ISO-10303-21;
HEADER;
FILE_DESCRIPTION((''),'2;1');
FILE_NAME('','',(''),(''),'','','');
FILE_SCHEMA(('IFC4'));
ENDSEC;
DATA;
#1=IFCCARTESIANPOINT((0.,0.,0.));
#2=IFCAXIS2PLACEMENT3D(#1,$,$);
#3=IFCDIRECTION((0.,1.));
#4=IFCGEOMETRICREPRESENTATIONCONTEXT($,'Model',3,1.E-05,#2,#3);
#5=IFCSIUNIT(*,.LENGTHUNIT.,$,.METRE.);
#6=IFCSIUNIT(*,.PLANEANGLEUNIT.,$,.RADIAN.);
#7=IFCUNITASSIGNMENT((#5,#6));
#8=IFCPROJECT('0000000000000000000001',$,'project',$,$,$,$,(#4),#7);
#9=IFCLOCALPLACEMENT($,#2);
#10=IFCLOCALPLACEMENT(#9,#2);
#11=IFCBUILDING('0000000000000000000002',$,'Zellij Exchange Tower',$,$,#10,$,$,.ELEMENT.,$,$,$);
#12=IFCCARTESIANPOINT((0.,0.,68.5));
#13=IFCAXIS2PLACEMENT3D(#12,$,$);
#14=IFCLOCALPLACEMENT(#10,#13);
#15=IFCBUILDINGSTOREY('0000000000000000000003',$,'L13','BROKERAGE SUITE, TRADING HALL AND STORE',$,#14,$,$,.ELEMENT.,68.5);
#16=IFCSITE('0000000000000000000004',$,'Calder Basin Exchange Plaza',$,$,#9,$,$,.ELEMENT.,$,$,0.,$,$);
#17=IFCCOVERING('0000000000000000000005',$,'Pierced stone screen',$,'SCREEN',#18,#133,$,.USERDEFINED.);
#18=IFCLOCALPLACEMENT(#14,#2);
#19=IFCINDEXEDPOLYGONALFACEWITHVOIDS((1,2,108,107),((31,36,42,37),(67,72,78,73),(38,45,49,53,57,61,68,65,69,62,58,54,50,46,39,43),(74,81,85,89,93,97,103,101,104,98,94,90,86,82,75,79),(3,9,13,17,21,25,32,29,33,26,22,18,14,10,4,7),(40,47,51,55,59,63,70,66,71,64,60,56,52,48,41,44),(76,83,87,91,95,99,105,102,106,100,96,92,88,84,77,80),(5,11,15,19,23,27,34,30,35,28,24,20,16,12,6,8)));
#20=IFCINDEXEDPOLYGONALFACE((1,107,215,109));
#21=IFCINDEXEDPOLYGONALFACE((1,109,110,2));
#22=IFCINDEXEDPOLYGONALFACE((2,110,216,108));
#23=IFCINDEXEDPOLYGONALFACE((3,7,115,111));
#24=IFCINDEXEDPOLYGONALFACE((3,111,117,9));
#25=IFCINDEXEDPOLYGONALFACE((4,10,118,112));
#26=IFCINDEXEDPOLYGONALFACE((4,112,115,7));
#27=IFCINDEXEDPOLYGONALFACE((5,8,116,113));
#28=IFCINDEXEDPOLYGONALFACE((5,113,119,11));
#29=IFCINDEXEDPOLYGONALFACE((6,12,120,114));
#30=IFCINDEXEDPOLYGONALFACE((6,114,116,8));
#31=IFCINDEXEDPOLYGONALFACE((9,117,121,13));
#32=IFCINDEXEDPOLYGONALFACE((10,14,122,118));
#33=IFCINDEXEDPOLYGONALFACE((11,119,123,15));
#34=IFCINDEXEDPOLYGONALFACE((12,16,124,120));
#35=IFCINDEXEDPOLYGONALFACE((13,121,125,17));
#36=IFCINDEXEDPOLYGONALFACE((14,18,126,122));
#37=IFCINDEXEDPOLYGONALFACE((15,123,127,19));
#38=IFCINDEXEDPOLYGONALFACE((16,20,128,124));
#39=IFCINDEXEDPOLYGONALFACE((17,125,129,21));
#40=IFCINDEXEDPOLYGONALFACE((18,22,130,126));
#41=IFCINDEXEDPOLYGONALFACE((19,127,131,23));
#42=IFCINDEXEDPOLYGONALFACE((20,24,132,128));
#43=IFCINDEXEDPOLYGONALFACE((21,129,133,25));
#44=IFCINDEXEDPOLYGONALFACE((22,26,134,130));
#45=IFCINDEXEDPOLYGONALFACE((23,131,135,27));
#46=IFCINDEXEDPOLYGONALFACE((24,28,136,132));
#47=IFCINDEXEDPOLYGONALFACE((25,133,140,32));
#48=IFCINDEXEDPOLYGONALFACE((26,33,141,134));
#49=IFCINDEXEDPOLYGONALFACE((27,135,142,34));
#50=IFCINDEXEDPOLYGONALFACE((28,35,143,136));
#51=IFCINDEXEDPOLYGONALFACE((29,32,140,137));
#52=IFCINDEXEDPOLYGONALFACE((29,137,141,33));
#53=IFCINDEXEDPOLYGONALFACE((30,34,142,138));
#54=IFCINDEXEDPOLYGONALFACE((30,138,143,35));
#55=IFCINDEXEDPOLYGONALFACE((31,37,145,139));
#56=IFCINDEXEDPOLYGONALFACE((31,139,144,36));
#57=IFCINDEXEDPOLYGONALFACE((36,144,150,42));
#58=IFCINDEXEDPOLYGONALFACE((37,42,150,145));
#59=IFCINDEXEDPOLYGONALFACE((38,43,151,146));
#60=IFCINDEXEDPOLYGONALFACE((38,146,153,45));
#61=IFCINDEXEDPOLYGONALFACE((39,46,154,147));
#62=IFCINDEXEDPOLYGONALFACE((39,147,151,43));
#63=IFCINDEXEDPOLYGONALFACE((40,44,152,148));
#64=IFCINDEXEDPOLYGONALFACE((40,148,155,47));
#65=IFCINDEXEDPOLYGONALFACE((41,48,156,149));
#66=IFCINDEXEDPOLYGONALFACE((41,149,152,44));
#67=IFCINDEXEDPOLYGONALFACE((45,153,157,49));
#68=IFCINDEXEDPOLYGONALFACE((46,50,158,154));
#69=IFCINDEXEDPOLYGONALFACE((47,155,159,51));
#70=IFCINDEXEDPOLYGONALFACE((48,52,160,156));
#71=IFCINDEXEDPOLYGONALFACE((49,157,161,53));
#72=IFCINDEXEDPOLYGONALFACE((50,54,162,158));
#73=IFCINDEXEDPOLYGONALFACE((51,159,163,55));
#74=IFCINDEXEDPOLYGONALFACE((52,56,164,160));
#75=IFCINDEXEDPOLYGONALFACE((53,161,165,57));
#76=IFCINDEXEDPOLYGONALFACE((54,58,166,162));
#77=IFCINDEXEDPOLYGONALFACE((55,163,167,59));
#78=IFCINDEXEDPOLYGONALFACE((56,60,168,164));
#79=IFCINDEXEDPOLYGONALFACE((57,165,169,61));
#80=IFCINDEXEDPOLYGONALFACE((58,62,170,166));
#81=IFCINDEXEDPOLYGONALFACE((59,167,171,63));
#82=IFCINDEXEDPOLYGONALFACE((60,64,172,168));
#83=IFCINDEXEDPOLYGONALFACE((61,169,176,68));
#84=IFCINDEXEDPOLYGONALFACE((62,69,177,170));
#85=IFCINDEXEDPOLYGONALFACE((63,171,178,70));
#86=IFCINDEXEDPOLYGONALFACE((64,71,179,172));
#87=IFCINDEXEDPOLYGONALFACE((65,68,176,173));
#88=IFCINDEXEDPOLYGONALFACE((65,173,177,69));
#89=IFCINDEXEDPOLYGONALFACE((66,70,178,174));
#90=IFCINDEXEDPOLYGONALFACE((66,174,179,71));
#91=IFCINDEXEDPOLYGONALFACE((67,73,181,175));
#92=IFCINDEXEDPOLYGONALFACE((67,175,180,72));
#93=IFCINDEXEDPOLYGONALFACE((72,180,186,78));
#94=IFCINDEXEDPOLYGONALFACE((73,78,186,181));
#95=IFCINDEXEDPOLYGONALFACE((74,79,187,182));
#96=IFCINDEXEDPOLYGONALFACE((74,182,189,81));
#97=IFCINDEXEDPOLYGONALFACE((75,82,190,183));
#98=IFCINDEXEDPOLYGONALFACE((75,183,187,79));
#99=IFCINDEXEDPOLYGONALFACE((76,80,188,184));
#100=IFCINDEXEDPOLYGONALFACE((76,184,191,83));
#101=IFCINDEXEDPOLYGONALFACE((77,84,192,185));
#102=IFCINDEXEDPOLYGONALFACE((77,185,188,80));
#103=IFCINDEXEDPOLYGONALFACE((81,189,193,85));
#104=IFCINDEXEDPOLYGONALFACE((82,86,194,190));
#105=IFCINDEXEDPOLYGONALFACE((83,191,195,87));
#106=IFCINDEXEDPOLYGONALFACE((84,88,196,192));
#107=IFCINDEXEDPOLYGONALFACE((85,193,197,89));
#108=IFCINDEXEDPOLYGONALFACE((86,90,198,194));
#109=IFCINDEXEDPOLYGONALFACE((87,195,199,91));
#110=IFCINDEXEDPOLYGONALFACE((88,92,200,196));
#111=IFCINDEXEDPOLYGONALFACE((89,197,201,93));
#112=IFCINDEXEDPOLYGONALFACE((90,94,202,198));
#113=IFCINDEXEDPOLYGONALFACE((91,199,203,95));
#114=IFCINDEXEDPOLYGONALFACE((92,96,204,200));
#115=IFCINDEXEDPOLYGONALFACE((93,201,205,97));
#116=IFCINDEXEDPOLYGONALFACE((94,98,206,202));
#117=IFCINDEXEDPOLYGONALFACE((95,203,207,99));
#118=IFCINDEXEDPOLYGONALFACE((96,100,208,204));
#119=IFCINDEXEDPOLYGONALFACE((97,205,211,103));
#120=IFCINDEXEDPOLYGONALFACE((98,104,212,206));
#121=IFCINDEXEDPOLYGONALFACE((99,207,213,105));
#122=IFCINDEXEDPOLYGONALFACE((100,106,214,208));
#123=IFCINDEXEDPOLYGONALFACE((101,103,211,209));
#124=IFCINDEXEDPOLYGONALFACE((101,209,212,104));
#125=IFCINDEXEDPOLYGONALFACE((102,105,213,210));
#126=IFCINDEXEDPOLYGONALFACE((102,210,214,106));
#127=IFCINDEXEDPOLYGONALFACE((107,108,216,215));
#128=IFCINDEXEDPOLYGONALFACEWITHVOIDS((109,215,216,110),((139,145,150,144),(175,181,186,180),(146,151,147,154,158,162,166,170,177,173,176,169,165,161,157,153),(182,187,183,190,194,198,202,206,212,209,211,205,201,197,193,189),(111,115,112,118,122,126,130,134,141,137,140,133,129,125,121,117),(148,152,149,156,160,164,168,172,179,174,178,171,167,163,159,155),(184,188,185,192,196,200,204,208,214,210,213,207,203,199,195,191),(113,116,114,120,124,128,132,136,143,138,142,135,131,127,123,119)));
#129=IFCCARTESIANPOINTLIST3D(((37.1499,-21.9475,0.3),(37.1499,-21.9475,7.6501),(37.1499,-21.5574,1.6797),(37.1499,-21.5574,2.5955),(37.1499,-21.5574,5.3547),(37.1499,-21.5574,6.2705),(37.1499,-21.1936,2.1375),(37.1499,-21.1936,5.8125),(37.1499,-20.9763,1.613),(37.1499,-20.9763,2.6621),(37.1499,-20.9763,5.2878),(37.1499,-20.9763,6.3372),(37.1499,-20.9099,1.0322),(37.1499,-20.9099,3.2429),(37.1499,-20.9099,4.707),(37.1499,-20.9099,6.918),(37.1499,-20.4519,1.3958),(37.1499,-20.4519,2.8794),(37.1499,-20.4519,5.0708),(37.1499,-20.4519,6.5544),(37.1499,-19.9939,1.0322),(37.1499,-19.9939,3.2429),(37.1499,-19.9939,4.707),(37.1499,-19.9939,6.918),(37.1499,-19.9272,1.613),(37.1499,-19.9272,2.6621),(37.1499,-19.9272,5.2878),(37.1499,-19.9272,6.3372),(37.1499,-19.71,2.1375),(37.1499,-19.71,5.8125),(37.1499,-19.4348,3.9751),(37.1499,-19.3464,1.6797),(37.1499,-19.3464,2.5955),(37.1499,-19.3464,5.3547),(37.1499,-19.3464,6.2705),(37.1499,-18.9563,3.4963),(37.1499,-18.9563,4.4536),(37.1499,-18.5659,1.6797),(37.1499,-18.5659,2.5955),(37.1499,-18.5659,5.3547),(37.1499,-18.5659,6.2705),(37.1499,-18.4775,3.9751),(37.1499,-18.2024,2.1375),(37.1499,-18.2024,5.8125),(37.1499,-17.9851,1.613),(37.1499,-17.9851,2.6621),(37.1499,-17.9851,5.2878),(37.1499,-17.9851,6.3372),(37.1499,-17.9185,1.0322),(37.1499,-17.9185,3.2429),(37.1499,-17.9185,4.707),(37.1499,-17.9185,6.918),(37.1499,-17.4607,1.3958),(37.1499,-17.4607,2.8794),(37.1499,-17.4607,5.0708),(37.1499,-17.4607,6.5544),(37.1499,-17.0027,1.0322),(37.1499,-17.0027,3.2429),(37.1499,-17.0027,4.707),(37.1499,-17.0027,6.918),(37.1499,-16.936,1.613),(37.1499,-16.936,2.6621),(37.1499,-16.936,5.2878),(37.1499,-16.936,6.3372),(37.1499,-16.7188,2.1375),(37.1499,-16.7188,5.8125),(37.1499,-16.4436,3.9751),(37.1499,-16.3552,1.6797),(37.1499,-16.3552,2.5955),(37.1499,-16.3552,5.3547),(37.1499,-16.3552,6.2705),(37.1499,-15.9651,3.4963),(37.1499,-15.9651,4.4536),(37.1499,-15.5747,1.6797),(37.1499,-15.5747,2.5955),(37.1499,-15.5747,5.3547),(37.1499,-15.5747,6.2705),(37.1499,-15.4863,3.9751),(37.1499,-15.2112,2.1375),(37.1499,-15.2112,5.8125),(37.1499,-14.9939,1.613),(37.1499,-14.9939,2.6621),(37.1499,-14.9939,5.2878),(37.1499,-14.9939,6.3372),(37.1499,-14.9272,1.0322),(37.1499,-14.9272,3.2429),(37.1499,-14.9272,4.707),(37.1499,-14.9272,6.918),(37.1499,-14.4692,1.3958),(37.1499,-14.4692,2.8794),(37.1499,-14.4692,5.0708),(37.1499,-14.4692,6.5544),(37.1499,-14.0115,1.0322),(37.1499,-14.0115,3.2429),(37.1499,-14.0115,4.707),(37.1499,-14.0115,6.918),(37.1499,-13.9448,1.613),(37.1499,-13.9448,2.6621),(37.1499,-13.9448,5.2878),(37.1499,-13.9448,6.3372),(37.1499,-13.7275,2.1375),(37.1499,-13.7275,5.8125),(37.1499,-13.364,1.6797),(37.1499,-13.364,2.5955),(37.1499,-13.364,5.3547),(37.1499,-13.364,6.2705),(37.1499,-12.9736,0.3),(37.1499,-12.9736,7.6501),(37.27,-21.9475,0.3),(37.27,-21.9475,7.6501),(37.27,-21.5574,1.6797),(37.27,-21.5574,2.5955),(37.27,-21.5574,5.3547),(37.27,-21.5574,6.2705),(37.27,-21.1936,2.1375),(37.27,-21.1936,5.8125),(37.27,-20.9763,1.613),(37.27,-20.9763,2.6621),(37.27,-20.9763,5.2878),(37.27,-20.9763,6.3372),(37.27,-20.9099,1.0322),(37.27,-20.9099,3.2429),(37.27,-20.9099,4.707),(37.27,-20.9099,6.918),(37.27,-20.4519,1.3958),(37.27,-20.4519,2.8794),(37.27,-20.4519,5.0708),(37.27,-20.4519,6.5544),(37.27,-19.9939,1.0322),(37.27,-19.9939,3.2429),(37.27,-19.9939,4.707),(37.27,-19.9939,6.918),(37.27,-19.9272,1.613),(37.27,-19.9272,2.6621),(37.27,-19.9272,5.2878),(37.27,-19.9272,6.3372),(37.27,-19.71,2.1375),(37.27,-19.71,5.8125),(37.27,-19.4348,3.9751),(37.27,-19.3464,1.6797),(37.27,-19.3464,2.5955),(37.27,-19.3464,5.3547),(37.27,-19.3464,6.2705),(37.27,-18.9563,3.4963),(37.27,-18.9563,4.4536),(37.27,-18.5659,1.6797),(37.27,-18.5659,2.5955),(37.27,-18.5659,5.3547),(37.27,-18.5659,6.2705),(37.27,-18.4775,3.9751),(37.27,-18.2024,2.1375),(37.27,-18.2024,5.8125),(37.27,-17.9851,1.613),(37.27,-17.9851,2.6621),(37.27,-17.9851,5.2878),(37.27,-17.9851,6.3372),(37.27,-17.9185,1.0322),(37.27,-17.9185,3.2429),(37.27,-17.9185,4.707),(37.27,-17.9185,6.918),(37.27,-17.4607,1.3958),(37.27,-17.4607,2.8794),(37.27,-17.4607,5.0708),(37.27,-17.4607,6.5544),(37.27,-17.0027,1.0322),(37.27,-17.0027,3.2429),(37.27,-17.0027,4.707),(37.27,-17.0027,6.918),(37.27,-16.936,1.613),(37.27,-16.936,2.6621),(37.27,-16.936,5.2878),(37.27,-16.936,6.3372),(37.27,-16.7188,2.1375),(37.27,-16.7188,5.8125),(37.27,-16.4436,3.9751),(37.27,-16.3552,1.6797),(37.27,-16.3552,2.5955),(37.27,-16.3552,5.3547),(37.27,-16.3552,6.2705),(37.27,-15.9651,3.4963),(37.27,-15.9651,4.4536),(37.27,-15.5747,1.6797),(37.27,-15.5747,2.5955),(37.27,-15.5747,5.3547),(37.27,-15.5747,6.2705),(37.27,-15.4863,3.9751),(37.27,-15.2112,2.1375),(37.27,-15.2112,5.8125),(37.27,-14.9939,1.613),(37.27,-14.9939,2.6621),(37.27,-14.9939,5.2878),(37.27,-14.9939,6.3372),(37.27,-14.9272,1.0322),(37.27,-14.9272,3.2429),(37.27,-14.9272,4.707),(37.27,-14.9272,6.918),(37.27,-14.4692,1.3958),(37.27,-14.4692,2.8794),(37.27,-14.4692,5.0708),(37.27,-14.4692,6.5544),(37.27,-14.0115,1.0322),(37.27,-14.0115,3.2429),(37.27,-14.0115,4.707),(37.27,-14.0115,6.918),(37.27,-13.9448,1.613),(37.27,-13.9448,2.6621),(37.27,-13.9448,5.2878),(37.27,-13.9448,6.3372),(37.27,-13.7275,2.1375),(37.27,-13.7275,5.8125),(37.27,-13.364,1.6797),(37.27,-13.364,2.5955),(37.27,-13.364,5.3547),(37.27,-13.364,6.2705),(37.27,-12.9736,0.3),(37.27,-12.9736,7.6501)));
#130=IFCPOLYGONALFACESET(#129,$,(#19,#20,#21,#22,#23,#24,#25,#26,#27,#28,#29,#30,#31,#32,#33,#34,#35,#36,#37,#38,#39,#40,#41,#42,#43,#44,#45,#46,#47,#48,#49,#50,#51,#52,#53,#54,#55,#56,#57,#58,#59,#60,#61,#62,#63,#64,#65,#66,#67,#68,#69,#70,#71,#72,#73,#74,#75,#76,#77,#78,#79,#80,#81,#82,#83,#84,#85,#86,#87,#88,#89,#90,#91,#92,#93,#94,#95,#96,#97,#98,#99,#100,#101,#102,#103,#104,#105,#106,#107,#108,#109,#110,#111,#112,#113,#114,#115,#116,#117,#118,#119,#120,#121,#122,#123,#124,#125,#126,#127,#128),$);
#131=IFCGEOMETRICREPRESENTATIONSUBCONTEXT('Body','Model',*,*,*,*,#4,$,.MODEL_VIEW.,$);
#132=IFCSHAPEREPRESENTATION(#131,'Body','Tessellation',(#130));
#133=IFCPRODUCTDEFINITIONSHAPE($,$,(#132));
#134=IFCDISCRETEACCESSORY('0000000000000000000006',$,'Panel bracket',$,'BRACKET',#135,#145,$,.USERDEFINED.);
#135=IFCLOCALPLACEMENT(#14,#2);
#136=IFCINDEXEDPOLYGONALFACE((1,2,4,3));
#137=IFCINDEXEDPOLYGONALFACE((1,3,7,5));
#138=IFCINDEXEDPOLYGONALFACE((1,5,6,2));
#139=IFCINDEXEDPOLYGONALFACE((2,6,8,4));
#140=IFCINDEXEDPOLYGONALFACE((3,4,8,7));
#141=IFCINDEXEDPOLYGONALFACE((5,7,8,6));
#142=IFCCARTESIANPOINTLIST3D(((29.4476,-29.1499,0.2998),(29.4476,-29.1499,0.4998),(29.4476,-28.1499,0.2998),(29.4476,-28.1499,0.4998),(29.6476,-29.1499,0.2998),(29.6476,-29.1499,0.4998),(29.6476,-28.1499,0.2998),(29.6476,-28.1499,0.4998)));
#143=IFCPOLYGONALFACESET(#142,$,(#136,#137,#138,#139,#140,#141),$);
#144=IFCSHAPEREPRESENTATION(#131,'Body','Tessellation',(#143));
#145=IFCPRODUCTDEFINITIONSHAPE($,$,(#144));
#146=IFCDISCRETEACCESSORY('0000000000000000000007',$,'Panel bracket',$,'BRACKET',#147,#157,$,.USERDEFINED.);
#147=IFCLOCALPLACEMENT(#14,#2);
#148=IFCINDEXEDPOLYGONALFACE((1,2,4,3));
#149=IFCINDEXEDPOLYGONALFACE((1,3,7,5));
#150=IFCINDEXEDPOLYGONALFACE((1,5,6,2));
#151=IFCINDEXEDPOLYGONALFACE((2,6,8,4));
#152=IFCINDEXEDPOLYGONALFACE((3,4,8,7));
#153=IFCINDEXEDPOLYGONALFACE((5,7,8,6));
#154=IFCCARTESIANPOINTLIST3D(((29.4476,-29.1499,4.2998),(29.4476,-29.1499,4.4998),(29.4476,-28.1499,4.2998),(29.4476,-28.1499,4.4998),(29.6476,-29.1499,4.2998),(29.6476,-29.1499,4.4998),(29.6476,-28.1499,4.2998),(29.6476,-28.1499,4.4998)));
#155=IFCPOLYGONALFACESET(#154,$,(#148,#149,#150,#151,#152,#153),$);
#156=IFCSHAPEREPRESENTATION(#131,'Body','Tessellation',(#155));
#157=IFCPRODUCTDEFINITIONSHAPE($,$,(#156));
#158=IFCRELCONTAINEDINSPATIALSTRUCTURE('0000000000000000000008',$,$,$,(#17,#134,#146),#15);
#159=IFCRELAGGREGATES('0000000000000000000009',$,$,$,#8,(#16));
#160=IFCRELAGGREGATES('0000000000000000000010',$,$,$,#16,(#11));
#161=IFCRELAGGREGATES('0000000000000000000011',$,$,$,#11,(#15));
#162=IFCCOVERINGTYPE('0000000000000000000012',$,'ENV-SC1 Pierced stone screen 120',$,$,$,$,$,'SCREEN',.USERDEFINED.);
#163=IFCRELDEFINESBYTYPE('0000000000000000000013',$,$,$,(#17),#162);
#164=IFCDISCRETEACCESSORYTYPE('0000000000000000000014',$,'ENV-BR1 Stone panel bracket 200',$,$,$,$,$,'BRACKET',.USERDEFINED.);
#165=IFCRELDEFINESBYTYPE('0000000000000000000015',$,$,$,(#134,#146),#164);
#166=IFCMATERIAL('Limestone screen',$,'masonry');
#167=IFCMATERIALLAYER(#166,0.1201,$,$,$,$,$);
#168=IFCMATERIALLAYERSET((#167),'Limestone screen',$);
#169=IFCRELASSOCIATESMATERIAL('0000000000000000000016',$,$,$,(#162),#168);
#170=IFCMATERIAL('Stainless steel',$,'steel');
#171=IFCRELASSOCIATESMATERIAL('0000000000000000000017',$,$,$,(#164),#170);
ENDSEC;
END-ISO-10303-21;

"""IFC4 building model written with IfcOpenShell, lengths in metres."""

from ifc_helpers import new_model, si_unit, direction, frame, origin, origin_2d, place, context, subcontext, project, spatial, polyline, rectangle, outline, extrude, material, layer, layer_set, type_object, element, save


model = new_model("IFC4")

# Units and contexts
model_context = context("Model", 3, precision=1e-05, world=origin(), true_north=direction((0.0, 1.0)))
body_context = subcontext(model_context, "Body", "Model", "MODEL_VIEW")
ifc_project = project(units=[si_unit("LENGTHUNIT", "METRE"), si_unit("PLANEANGLEUNIT", "RADIAN")], contexts=[model_context])

# Site, building, storey
site_placement = place(None, origin())
site = spatial("IfcSite", under=ifc_project, at=site_placement, Name="Calder Basin Exchange Plaza", CompositionType="ELEMENT", RefElevation=0.0)
building_placement = place(site_placement, origin())
building = spatial("IfcBuilding", under=site, at=building_placement, Name="Zellij Exchange Tower", CompositionType="ELEMENT")
storey_placement = place(building_placement, frame((0.0, 0.0, 68.5)))
storey = spatial("IfcBuildingStorey", under=building, at=storey_placement, Name="L13", Description="BROKERAGE SUITE, TRADING HALL AND STORE", CompositionType="ELEMENT", Elevation=68.5)

# Covering
ifc_material_1 = material(Name="Limestone screen", Category="masonry")
ifc_layer_1 = layer(ifc_material_1, 0.1201)
ifc_layer_set_1 = layer_set([ifc_layer_1], Name="Limestone screen")
covering_type = type_object("IfcCoveringType", Name="ENV-SC1 Pierced stone screen 120", ElementType="SCREEN", PredefinedType="USERDEFINED", material=ifc_layer_set_1)
covering_placement = place(storey_placement, frame((37.21, -21.9475, 0.3), z_axis=(0.0, 0.0, 1.0), x_axis=(0.0, 1.0, 0.0)))
element("IfcCovering", 1, at=covering_placement, inside=storey, type_object=covering_type, Name="Pierced stone screen", ObjectType="SCREEN", PredefinedType="USERDEFINED", context=body_context, shape_type="SweptSolid", body=[
    extrude(outline(polyline([(0.0, 0.0), (8.9739, 0.0), (8.9739, 7.3501), (0.0, 7.3501), (0.0, 0.0)]), holes=[polyline([(2.6011, 2.2954), (2.0203, 2.3621), (1.9536, 2.9429), (1.4956, 2.5793), (1.0376, 2.9429), (0.9712, 2.3621), (0.3901, 2.2954), (0.7539, 1.8374), (0.3901, 1.3796), (0.9712, 1.313), (1.0376, 0.7322), (1.4956, 1.0957), (1.9536, 0.7322), (2.0203, 1.313), (2.6011, 1.3796), (2.2375, 1.8374), (2.6011, 2.2954)]), polyline([(2.6011, 5.9705), (2.0203, 6.0371), (1.9536, 6.6179), (1.4956, 6.2544), (1.0376, 6.6179), (0.9712, 6.0371), (0.3901, 5.9705), (0.7539, 5.5125), (0.3901, 5.0547), (0.9712, 4.9878), (1.0376, 4.407), (1.4956, 4.7708), (1.9536, 4.407), (2.0203, 4.9878), (2.6011, 5.0547), (2.2375, 5.5125), (2.6011, 5.9705)]), polyline([(5.5923, 2.2954), (5.0115, 2.3621), (4.9448, 2.9429), (4.4868, 2.5793), (4.0291, 2.9429), (3.9624, 2.3621), (3.3816, 2.2954), (3.7451, 1.8374), (3.3816, 1.3796), (3.9624, 1.313), (4.0291, 0.7322), (4.4868, 1.0957), (4.9448, 0.7322), (5.0115, 1.313), (5.5923, 1.3796), (5.2288, 1.8374), (5.5923, 2.2954)]), polyline([(5.5923, 5.9705), (5.0115, 6.0371), (4.9448, 6.6179), (4.4868, 6.2544), (4.0291, 6.6179), (3.9624, 6.0371), (3.3816, 5.9705), (3.7451, 5.5125), (3.3816, 5.0547), (3.9624, 4.9878), (4.0291, 4.407), (4.4868, 4.7708), (4.9448, 4.407), (5.0115, 4.9878), (5.5923, 5.0547), (5.2288, 5.5125), (5.5923, 5.9705)]), polyline([(8.5835, 2.2954), (8.0027, 2.3621), (7.936, 2.9429), (7.4783, 2.5793), (7.0203, 2.9429), (6.9536, 2.3621), (6.3728, 2.2954), (6.7363, 1.8374), (6.3728, 1.3796), (6.9536, 1.313), (7.0203, 0.7322), (7.4783, 1.0957), (7.936, 0.7322), (8.0027, 1.313), (8.5835, 1.3796), (8.22, 1.8374), (8.5835, 2.2954)]), polyline([(8.5835, 5.9705), (8.0027, 6.0371), (7.936, 6.6179), (7.4783, 6.2544), (7.0203, 6.6179), (6.9536, 6.0371), (6.3728, 5.9705), (6.7363, 5.5125), (6.3728, 5.0547), (6.9536, 4.9878), (7.0203, 4.407), (7.4783, 4.7708), (7.936, 4.407), (8.0027, 4.9878), (8.5835, 5.0547), (8.22, 5.5125), (8.5835, 5.9705)]), polyline([(3.47, 3.675), (2.9912, 4.1536), (2.5127, 3.675), (2.9912, 3.1963), (3.47, 3.675)]), polyline([(6.4612, 3.675), (5.9824, 4.1536), (5.5039, 3.675), (5.9824, 3.1963), (6.4612, 3.675)])]), frame((0.0, 0.0601, 0.0), z_axis=(0.0, -1.0, 0.0), x_axis=(1.0, 0.0, 0.0)), (0.0, 0.0, 1.0), 0.1201),
])

# Discrete accessories
ifc_material_2 = material(Name="Stainless steel", Category="steel")
discrete_accessory_type = type_object("IfcDiscreteAccessoryType", Name="ENV-BR1 Stone panel bracket 200", ElementType="BRACKET", PredefinedType="USERDEFINED", material=ifc_material_2)
for number, where, z_axis, x_axis, name in (
    (2, (29.5476, -28.6499, 0.2998), (0.0, 0.0, 1.0), (1.0, 0.0, 0.0), "Panel bracket"),
    (3, (29.5476, -28.6499, 4.2998), (0.0, 0.0, 1.0), (1.0, 0.0, 0.0), "Panel bracket"),
):
    element("IfcDiscreteAccessory", number, at=place(storey_placement, frame(where, z_axis=z_axis, x_axis=x_axis)), inside=storey, type_object=discrete_accessory_type, Name=name, ObjectType="BRACKET", PredefinedType="USERDEFINED", context=body_context, shape_type="SweptSolid", body=[
        extrude(rectangle(XDim=0.2, YDim=1.0, at=origin_2d()), origin(), (0.0, 0.0, 1.0), 0.2),
    ])

save(model, "model.ifc")
